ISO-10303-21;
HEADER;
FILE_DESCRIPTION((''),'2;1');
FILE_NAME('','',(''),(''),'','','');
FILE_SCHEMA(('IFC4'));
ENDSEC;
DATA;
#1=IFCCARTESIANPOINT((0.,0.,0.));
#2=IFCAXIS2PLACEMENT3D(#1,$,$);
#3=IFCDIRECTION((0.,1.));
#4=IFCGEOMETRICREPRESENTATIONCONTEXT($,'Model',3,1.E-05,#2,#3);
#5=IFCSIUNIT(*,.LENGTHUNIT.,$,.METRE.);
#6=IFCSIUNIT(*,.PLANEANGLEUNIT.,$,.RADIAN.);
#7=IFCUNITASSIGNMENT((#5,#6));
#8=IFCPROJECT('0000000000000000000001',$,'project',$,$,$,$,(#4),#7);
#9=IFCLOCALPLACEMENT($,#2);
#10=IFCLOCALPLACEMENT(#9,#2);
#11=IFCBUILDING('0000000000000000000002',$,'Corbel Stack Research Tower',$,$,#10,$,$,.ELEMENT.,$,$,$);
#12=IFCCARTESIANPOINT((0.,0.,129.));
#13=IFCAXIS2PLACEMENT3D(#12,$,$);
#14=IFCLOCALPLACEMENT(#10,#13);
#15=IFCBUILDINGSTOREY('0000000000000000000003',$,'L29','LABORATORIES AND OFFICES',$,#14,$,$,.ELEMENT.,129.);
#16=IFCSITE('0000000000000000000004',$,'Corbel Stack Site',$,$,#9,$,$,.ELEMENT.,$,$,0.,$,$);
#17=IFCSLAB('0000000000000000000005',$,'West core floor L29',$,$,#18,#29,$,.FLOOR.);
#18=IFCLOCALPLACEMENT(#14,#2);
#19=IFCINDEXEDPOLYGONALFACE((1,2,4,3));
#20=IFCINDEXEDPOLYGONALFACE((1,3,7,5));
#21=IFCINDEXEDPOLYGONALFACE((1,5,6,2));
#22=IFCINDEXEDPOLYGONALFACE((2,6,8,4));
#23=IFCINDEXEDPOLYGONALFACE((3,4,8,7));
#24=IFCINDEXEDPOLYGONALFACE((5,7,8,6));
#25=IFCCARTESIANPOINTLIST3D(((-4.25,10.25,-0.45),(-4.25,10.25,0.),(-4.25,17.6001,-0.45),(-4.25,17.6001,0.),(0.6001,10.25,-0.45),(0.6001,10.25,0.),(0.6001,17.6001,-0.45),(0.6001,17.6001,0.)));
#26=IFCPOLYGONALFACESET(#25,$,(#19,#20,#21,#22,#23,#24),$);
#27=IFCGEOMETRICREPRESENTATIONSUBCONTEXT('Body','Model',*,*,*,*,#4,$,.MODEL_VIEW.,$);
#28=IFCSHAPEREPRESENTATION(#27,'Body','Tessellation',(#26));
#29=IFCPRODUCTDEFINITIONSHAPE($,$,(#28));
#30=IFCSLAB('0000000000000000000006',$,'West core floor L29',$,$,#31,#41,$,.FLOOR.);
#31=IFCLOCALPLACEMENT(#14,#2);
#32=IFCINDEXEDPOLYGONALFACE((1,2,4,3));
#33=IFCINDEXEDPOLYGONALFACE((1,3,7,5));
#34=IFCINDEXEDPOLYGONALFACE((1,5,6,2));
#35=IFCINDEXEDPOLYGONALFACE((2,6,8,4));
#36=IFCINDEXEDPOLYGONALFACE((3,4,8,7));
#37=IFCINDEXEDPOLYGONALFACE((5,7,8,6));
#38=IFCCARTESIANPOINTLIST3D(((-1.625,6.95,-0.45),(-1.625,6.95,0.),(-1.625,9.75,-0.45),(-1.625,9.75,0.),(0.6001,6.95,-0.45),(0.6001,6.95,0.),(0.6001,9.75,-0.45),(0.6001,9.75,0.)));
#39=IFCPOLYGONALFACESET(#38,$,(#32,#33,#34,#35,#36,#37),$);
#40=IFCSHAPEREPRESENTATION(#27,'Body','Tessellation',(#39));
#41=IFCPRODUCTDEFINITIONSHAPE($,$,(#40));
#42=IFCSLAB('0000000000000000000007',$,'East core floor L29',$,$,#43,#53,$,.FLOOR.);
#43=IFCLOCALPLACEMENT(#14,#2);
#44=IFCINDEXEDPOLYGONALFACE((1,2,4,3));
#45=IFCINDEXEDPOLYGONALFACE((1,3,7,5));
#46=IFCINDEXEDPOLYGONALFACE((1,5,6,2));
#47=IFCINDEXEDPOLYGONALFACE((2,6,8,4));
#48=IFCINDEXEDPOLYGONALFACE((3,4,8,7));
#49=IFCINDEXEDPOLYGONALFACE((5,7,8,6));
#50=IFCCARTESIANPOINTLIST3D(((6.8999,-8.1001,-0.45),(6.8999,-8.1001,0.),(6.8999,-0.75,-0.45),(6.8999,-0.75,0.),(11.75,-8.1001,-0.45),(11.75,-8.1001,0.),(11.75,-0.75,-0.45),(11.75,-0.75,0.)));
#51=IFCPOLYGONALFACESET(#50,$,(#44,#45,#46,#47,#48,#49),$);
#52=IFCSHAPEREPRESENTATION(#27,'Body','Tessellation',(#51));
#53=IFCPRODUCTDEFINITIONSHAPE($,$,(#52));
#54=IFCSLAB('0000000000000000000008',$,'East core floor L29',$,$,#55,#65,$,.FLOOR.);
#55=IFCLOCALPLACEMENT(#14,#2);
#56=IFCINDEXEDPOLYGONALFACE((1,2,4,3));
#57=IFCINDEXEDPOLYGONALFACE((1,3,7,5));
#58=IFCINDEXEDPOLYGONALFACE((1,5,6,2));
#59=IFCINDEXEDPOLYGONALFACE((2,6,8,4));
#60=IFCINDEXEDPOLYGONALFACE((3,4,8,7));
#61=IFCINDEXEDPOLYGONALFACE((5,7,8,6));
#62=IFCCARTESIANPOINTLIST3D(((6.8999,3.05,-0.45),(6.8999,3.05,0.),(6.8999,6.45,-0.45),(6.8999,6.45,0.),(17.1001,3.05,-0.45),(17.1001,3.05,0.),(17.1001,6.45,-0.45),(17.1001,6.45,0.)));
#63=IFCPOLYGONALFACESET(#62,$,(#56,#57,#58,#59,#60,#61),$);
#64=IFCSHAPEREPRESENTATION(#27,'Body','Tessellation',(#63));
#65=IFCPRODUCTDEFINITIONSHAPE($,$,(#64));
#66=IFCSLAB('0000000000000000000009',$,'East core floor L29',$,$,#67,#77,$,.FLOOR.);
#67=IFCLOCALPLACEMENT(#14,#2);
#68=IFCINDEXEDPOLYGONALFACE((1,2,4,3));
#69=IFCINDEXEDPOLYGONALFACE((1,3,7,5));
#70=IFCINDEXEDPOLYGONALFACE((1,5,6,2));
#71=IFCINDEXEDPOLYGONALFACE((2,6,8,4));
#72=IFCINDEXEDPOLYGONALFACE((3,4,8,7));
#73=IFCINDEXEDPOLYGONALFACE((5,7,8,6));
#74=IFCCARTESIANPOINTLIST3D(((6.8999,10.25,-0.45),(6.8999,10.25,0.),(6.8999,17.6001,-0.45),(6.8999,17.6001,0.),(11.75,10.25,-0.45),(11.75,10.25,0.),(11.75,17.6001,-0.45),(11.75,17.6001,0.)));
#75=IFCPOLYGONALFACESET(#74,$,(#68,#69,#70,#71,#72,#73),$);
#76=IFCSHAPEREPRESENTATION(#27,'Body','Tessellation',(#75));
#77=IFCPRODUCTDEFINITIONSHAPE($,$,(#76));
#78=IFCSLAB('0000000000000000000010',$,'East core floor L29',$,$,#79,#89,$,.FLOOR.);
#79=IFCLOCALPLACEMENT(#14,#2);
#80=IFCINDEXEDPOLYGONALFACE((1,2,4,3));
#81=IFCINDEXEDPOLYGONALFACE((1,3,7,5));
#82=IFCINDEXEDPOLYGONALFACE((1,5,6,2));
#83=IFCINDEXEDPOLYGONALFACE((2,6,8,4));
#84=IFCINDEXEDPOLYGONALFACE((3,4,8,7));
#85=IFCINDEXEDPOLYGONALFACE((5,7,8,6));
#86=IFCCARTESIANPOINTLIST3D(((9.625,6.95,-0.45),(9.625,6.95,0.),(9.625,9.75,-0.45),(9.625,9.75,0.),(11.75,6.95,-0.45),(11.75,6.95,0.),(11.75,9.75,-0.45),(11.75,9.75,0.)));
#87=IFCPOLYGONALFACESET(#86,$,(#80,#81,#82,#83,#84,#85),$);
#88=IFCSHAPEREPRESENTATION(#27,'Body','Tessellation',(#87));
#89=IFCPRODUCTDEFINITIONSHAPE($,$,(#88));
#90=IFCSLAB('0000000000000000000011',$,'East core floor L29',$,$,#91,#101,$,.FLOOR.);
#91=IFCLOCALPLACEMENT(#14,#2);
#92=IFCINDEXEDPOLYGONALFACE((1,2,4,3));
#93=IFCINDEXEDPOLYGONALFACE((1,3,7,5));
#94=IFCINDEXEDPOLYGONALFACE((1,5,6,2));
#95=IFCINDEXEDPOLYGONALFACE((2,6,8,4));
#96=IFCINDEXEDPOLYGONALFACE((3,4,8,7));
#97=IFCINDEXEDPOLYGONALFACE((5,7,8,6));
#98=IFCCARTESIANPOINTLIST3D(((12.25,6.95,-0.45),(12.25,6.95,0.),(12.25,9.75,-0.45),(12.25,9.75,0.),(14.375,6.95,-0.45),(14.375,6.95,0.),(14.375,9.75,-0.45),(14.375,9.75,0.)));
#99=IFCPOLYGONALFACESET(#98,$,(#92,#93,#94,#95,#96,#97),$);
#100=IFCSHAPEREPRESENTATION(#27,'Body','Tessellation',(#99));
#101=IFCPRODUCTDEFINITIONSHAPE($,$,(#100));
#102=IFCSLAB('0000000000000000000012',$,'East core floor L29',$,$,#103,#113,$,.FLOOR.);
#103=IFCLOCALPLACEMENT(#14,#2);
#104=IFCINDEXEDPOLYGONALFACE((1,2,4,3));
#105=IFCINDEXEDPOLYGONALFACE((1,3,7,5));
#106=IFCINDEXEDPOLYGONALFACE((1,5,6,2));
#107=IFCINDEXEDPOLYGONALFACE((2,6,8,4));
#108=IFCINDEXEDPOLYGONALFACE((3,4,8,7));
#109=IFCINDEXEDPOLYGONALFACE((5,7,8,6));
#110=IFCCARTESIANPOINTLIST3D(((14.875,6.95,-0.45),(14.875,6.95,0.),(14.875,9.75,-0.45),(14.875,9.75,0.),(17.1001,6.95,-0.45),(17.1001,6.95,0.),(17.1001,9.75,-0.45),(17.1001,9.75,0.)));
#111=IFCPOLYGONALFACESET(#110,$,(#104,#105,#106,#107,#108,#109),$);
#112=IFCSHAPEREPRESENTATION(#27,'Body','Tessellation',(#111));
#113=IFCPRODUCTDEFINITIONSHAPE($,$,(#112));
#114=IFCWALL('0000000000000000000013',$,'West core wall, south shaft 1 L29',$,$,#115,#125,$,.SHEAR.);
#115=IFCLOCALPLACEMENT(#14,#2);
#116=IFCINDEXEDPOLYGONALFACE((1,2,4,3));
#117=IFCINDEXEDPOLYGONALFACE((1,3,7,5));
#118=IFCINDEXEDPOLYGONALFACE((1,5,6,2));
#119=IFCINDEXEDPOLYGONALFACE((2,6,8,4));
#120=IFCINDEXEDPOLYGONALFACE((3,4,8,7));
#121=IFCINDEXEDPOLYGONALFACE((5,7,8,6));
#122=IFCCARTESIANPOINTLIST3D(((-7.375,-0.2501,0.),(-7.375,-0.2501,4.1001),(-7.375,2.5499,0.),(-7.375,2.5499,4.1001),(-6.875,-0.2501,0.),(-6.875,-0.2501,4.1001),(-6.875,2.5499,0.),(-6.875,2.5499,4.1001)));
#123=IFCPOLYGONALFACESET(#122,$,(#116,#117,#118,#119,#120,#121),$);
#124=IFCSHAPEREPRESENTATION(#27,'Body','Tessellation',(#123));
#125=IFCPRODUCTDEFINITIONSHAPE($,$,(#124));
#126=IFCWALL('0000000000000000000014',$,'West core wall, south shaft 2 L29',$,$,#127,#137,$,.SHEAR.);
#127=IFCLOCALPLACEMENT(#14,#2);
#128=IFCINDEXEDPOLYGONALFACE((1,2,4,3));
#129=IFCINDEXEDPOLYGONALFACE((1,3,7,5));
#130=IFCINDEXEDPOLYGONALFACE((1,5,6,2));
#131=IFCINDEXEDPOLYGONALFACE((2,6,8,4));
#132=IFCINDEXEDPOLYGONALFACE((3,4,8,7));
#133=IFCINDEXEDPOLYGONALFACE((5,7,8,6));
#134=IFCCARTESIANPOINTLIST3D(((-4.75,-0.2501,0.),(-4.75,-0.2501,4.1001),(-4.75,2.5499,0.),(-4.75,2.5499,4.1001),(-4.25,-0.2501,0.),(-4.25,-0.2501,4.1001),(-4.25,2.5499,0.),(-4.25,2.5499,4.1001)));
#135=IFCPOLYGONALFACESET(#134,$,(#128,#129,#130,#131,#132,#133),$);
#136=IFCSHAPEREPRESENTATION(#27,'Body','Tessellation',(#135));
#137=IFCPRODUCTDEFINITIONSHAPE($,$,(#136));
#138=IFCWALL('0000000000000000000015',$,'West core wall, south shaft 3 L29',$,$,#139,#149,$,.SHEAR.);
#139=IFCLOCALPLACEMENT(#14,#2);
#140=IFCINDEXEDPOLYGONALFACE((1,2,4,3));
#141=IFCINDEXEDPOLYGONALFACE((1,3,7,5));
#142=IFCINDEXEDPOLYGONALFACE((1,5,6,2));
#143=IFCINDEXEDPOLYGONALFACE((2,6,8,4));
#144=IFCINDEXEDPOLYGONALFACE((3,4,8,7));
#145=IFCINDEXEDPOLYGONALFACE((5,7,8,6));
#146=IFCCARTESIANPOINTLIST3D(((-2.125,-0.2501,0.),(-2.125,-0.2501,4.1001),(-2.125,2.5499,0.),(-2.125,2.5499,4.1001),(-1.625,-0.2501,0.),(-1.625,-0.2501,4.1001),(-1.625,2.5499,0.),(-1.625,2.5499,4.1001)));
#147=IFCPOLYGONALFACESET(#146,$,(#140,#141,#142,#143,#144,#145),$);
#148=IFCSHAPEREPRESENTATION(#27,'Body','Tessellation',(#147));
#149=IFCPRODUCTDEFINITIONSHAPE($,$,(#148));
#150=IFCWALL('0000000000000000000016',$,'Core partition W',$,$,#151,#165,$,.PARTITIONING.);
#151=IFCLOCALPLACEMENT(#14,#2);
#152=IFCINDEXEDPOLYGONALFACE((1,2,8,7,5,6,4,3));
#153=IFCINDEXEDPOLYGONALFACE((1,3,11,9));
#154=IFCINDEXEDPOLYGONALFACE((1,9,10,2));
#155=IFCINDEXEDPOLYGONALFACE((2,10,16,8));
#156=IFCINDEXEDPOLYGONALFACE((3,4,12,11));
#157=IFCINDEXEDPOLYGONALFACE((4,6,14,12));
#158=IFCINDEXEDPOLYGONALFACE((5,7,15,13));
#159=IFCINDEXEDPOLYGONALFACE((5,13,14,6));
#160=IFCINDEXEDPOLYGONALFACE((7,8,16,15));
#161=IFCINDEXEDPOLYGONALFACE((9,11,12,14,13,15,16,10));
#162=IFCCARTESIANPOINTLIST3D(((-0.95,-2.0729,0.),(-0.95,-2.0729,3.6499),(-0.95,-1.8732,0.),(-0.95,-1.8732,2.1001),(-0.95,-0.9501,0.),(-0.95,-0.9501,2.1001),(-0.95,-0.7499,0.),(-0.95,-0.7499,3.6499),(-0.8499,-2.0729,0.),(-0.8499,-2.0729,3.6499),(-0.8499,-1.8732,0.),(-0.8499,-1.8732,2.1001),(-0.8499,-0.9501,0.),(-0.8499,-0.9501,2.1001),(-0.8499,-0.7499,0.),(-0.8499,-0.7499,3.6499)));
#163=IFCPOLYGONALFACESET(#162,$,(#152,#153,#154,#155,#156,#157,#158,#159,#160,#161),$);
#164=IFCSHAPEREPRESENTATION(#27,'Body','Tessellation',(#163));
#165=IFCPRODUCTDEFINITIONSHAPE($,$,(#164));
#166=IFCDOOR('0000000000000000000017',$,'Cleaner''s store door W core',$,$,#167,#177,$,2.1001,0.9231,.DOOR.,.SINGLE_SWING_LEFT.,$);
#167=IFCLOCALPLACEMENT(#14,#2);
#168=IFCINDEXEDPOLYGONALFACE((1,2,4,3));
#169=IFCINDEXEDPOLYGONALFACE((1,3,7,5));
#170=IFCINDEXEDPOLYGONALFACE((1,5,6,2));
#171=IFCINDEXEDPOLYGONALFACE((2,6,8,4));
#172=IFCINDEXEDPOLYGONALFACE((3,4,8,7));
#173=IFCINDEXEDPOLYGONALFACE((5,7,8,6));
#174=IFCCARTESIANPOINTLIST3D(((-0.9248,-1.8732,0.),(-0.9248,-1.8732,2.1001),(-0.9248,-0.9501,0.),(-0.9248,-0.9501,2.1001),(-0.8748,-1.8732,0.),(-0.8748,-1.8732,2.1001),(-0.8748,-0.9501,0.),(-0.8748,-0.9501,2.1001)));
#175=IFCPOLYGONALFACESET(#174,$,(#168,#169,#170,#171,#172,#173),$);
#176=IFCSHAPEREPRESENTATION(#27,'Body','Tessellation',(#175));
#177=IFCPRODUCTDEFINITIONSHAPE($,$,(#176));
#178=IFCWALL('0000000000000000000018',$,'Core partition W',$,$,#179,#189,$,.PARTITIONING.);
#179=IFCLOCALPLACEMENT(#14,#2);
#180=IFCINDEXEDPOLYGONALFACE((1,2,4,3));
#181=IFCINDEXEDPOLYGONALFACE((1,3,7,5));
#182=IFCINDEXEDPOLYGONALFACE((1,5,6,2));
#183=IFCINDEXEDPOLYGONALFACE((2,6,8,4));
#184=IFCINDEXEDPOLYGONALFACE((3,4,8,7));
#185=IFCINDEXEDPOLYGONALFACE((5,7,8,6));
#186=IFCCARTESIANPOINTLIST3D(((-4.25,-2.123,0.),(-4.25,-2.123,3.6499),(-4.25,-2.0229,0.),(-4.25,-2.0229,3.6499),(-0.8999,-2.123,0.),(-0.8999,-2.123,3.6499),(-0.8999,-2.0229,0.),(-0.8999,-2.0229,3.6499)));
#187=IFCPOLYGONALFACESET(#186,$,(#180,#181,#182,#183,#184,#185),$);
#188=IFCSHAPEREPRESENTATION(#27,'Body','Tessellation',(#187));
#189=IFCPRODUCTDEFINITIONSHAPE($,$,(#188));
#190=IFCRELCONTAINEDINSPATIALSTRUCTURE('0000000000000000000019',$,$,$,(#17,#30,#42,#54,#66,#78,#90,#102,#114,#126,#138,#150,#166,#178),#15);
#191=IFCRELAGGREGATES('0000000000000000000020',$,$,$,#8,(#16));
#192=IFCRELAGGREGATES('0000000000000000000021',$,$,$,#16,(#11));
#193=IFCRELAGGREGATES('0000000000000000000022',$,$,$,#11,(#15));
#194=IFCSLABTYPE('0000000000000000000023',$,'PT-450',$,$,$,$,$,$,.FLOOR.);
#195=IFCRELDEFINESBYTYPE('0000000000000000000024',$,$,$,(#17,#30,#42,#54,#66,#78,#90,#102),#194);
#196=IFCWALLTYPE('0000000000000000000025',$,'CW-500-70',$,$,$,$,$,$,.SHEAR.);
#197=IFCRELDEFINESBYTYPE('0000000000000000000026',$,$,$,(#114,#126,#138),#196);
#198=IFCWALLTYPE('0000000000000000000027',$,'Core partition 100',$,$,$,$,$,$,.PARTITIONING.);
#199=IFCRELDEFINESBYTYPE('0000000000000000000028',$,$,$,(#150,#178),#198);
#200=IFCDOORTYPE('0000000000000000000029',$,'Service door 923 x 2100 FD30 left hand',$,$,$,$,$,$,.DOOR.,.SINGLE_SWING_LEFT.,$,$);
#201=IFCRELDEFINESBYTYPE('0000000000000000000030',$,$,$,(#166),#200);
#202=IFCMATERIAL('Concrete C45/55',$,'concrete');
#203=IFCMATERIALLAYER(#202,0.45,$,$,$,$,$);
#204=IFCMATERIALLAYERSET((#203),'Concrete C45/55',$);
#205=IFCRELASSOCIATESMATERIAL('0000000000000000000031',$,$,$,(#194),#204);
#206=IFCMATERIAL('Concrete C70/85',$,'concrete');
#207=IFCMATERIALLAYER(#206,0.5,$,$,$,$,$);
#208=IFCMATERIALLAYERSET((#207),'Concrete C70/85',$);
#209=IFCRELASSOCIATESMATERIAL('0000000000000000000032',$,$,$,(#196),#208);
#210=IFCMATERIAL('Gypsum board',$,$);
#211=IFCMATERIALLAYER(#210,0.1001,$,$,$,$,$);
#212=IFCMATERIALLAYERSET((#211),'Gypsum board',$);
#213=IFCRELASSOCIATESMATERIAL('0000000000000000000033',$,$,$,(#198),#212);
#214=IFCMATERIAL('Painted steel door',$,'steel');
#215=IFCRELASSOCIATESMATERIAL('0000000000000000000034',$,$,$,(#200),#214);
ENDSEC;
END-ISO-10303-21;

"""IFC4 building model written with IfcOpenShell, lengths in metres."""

from ifc_helpers import new_model, si_unit, direction, frame, frame_2d, origin, place, context, subcontext, project, spatial, polyline, rectangle, outline, extrude, material, layer, layer_set, type_object, element, fill, save


model = new_model("IFC4")

# Units and contexts
model_context = context("Model", 3, precision=1e-05, world=origin(), true_north=direction((0.0, 1.0)))
body_context = subcontext(model_context, "Body", "Model", "MODEL_VIEW")
ifc_project = project(units=[si_unit("LENGTHUNIT", "METRE"), si_unit("PLANEANGLEUNIT", "RADIAN")], contexts=[model_context])

# Site, building, storey
site_placement = place(None, origin())
site = spatial("IfcSite", under=ifc_project, at=site_placement, Name="Corbel Stack Site", CompositionType="ELEMENT", RefElevation=0.0)
building_placement = place(site_placement, origin())
building = spatial("IfcBuilding", under=site, at=building_placement, Name="Corbel Stack Research Tower", CompositionType="ELEMENT")
storey_placement = place(building_placement, frame((0.0, 0.0, 129.0)))
storey = spatial("IfcBuildingStorey", under=building, at=storey_placement, Name="L29", Description="LABORATORIES AND OFFICES", CompositionType="ELEMENT", Elevation=129.0)

# Slabs
ifc_material_1 = material(Name="Concrete C45/55", Category="concrete")
ifc_layer_1 = layer(ifc_material_1, 0.45)
ifc_layer_set_1 = layer_set([ifc_layer_1], Name="Concrete C45/55")
slab_type_1 = type_object("IfcSlabType", Name="PT-450", PredefinedType="FLOOR", material=ifc_layer_set_1)
slab_1_placement = place(storey_placement, frame((0.0, 0.0, -0.45)))
element("IfcSlab", 1, at=slab_1_placement, inside=storey, type_object=slab_type_1, Name="West core floor L29", PredefinedType="FLOOR", context=body_context, shape_type="SweptSolid", body=[
    extrude(outline(polyline([(0.6001, 17.6001), (-4.25, 17.6001), (-4.25, 10.25), (0.6001, 10.25), (0.6001, 17.6001)])), origin(), (0.0, 0.0, 1.0), 0.45),
])
slab_2_placement = place(storey_placement, frame((0.0, 0.0, -0.45)))
element("IfcSlab", 2, at=slab_2_placement, inside=storey, type_object=slab_type_1, Name="West core floor L29", PredefinedType="FLOOR", context=body_context, shape_type="SweptSolid", body=[
    extrude(outline(polyline([(0.6001, 9.75), (-1.625, 9.75), (-1.625, 6.95), (0.6001, 6.95), (0.6001, 9.75)])), origin(), (0.0, 0.0, 1.0), 0.45),
])
slab_3_placement = place(storey_placement, frame((0.0, 0.0, -0.45)))
element("IfcSlab", 3, at=slab_3_placement, inside=storey, type_object=slab_type_1, Name="East core floor L29", PredefinedType="FLOOR", context=body_context, shape_type="SweptSolid", body=[
    extrude(outline(polyline([(11.75, -0.75), (6.8999, -0.75), (6.8999, -8.1001), (11.75, -8.1001), (11.75, -0.75)])), origin(), (0.0, 0.0, 1.0), 0.45),
])
slab_4_placement = place(storey_placement, frame((0.0, 0.0, -0.45)))
element("IfcSlab", 4, at=slab_4_placement, inside=storey, type_object=slab_type_1, Name="East core floor L29", PredefinedType="FLOOR", context=body_context, shape_type="SweptSolid", body=[
    extrude(outline(polyline([(6.8999, 6.45), (6.8999, 3.05), (17.1001, 3.05), (17.1001, 6.45), (6.8999, 6.45)])), origin(), (0.0, 0.0, 1.0), 0.45),
])
slab_5_placement = place(storey_placement, frame((0.0, 0.0, -0.45)))
element("IfcSlab", 5, at=slab_5_placement, inside=storey, type_object=slab_type_1, Name="East core floor L29", PredefinedType="FLOOR", context=body_context, shape_type="SweptSolid", body=[
    extrude(outline(polyline([(6.8999, 17.6001), (6.8999, 10.25), (11.75, 10.25), (11.75, 17.6001), (6.8999, 17.6001)])), origin(), (0.0, 0.0, 1.0), 0.45),
])
slab_6_placement = place(storey_placement, frame((0.0, 0.0, -0.45)))
element("IfcSlab", 6, at=slab_6_placement, inside=storey, type_object=slab_type_1, Name="East core floor L29", PredefinedType="FLOOR", context=body_context, shape_type="SweptSolid", body=[
    extrude(outline(polyline([(9.625, 6.95), (11.75, 6.95), (11.75, 9.75), (9.625, 9.75), (9.625, 6.95)])), origin(), (0.0, 0.0, 1.0), 0.45),
])
slab_7_placement = place(storey_placement, frame((0.0, 0.0, -0.45)))
element("IfcSlab", 7, at=slab_7_placement, inside=storey, type_object=slab_type_1, Name="East core floor L29", PredefinedType="FLOOR", context=body_context, shape_type="SweptSolid", body=[
    extrude(outline(polyline([(14.375, 6.95), (14.375, 9.75), (12.25, 9.75), (12.25, 6.95), (14.375, 6.95)])), origin(), (0.0, 0.0, 1.0), 0.45),
])
slab_8_placement = place(storey_placement, frame((0.0, 0.0, -0.45)))
element("IfcSlab", 8, at=slab_8_placement, inside=storey, type_object=slab_type_1, Name="East core floor L29", PredefinedType="FLOOR", context=body_context, shape_type="SweptSolid", body=[
    extrude(outline(polyline([(17.1001, 6.95), (17.1001, 9.75), (14.875, 9.75), (14.875, 6.95), (17.1001, 6.95)])), origin(), (0.0, 0.0, 1.0), 0.45),
])

# Walls
ifc_material_2 = material(Name="Concrete C70/85", Category="concrete")
ifc_layer_2 = layer(ifc_material_2, 0.5)
ifc_layer_set_2 = layer_set([ifc_layer_2], Name="Concrete C70/85")
wall_type_1 = type_object("IfcWallType", Name="CW-500-70", PredefinedType="SHEAR", material=ifc_layer_set_2)
for number, where, z_axis, x_axis, name in (
    (9, (-7.125, -0.25, 0.0), (0.0, 0.0, 1.0), (0.0, 1.0, 0.0), "West core wall, south shaft 1 L29"),
    (10, (-4.5, -0.25, 0.0), (0.0, 0.0, 1.0), (0.0, 1.0, 0.0), "West core wall, south shaft 2 L29"),
    (11, (-1.875, -0.25, 0.0), (0.0, 0.0, 1.0), (0.0, 1.0, 0.0), "West core wall, south shaft 3 L29"),
):
    element("IfcWall", number, at=place(storey_placement, frame(where, z_axis=z_axis, x_axis=x_axis)), inside=storey, type_object=wall_type_1, Name=name, PredefinedType="SHEAR", context=body_context, shape_type="SweptSolid", body=[
        extrude(rectangle(XDim=2.8, YDim=0.5, at=frame_2d((1.3999, 0.0))), origin(), (0.0, 0.0, 1.0), 4.1001),
    ])

# Wall, opening, door
ifc_material_3 = material(Name="Gypsum board")
ifc_layer_3 = layer(ifc_material_3, 0.1001)
ifc_layer_set_3 = layer_set([ifc_layer_3], Name="Gypsum board")
wall_type_2 = type_object("IfcWallType", Name="Core partition 100", PredefinedType="PARTITIONING", material=ifc_layer_set_3)
wall_1_placement = place(storey_placement, frame((-0.8999, -2.073, 0.0), z_axis=(0.0, 0.0, 1.0), x_axis=(0.0, 1.0, 0.0)))
wall_1 = element("IfcWall", 12, at=wall_1_placement, inside=storey, type_object=wall_type_2, Name="Core partition W", PredefinedType="PARTITIONING", context=body_context, shape_type="SweptSolid", body=[
    extrude(rectangle(XDim=1.323, YDim=0.1001, at=frame_2d((0.6616, 0.0))), origin(), (0.0, 0.0, 1.0), 3.6499),
])
opening_placement = place(wall_1_placement, frame((0.2, 0.0, 0.0)))
opening = element("IfcOpeningElement", 13, at=opening_placement, cuts=wall_1, PredefinedType="OPENING", context=body_context, shape_type="SweptSolid", body=[
    extrude(rectangle(XDim=0.9231, YDim=2.1001, at=frame_2d((0.4614, 1.05))), frame((0.0, 0.0601, 0.0), z_axis=(0.0, -1.0, 0.0), x_axis=(1.0, 0.0, 0.0)), (0.0, 0.0, 1.0), 0.1201),
])
ifc_material_4 = material(Name="Painted steel door", Category="steel")
door_type = type_object("IfcDoorType", Name="Service door 923 x 2100 FD30 left hand", OperationType="SINGLE_SWING_LEFT", PredefinedType="DOOR", material=ifc_material_4)
door_placement = place(opening_placement, origin())
door = element("IfcDoor", 14, at=door_placement, inside=storey, type_object=door_type, Name="Cleaner's store door W core", OperationType="SINGLE_SWING_LEFT", OverallHeight=2.1001, OverallWidth=0.9231, PredefinedType="DOOR", context=body_context, shape_type="SweptSolid", body=[
    extrude(rectangle(XDim=0.9231, YDim=2.1001, at=frame_2d((0.4614, 1.05))), frame((0.0, 0.0249, 0.0), z_axis=(0.0, -1.0, 0.0), x_axis=(1.0, 0.0, 0.0)), (0.0, 0.0, 1.0), 0.05),
])
fill(opening, door)

# Wall
wall_2_placement = place(storey_placement, frame((-4.25, -2.073, 0.0), z_axis=(0.0, 0.0, 1.0), x_axis=(1.0, 0.0, 0.0)))
element("IfcWall", 15, at=wall_2_placement, inside=storey, type_object=wall_type_2, Name="Core partition W", PredefinedType="PARTITIONING", context=body_context, shape_type="SweptSolid", body=[
    extrude(rectangle(XDim=3.3501, YDim=0.1001, at=frame_2d((1.675, 0.0))), origin(), (0.0, 0.0, 1.0), 3.6499),
])

save(model, "model.ifc")
